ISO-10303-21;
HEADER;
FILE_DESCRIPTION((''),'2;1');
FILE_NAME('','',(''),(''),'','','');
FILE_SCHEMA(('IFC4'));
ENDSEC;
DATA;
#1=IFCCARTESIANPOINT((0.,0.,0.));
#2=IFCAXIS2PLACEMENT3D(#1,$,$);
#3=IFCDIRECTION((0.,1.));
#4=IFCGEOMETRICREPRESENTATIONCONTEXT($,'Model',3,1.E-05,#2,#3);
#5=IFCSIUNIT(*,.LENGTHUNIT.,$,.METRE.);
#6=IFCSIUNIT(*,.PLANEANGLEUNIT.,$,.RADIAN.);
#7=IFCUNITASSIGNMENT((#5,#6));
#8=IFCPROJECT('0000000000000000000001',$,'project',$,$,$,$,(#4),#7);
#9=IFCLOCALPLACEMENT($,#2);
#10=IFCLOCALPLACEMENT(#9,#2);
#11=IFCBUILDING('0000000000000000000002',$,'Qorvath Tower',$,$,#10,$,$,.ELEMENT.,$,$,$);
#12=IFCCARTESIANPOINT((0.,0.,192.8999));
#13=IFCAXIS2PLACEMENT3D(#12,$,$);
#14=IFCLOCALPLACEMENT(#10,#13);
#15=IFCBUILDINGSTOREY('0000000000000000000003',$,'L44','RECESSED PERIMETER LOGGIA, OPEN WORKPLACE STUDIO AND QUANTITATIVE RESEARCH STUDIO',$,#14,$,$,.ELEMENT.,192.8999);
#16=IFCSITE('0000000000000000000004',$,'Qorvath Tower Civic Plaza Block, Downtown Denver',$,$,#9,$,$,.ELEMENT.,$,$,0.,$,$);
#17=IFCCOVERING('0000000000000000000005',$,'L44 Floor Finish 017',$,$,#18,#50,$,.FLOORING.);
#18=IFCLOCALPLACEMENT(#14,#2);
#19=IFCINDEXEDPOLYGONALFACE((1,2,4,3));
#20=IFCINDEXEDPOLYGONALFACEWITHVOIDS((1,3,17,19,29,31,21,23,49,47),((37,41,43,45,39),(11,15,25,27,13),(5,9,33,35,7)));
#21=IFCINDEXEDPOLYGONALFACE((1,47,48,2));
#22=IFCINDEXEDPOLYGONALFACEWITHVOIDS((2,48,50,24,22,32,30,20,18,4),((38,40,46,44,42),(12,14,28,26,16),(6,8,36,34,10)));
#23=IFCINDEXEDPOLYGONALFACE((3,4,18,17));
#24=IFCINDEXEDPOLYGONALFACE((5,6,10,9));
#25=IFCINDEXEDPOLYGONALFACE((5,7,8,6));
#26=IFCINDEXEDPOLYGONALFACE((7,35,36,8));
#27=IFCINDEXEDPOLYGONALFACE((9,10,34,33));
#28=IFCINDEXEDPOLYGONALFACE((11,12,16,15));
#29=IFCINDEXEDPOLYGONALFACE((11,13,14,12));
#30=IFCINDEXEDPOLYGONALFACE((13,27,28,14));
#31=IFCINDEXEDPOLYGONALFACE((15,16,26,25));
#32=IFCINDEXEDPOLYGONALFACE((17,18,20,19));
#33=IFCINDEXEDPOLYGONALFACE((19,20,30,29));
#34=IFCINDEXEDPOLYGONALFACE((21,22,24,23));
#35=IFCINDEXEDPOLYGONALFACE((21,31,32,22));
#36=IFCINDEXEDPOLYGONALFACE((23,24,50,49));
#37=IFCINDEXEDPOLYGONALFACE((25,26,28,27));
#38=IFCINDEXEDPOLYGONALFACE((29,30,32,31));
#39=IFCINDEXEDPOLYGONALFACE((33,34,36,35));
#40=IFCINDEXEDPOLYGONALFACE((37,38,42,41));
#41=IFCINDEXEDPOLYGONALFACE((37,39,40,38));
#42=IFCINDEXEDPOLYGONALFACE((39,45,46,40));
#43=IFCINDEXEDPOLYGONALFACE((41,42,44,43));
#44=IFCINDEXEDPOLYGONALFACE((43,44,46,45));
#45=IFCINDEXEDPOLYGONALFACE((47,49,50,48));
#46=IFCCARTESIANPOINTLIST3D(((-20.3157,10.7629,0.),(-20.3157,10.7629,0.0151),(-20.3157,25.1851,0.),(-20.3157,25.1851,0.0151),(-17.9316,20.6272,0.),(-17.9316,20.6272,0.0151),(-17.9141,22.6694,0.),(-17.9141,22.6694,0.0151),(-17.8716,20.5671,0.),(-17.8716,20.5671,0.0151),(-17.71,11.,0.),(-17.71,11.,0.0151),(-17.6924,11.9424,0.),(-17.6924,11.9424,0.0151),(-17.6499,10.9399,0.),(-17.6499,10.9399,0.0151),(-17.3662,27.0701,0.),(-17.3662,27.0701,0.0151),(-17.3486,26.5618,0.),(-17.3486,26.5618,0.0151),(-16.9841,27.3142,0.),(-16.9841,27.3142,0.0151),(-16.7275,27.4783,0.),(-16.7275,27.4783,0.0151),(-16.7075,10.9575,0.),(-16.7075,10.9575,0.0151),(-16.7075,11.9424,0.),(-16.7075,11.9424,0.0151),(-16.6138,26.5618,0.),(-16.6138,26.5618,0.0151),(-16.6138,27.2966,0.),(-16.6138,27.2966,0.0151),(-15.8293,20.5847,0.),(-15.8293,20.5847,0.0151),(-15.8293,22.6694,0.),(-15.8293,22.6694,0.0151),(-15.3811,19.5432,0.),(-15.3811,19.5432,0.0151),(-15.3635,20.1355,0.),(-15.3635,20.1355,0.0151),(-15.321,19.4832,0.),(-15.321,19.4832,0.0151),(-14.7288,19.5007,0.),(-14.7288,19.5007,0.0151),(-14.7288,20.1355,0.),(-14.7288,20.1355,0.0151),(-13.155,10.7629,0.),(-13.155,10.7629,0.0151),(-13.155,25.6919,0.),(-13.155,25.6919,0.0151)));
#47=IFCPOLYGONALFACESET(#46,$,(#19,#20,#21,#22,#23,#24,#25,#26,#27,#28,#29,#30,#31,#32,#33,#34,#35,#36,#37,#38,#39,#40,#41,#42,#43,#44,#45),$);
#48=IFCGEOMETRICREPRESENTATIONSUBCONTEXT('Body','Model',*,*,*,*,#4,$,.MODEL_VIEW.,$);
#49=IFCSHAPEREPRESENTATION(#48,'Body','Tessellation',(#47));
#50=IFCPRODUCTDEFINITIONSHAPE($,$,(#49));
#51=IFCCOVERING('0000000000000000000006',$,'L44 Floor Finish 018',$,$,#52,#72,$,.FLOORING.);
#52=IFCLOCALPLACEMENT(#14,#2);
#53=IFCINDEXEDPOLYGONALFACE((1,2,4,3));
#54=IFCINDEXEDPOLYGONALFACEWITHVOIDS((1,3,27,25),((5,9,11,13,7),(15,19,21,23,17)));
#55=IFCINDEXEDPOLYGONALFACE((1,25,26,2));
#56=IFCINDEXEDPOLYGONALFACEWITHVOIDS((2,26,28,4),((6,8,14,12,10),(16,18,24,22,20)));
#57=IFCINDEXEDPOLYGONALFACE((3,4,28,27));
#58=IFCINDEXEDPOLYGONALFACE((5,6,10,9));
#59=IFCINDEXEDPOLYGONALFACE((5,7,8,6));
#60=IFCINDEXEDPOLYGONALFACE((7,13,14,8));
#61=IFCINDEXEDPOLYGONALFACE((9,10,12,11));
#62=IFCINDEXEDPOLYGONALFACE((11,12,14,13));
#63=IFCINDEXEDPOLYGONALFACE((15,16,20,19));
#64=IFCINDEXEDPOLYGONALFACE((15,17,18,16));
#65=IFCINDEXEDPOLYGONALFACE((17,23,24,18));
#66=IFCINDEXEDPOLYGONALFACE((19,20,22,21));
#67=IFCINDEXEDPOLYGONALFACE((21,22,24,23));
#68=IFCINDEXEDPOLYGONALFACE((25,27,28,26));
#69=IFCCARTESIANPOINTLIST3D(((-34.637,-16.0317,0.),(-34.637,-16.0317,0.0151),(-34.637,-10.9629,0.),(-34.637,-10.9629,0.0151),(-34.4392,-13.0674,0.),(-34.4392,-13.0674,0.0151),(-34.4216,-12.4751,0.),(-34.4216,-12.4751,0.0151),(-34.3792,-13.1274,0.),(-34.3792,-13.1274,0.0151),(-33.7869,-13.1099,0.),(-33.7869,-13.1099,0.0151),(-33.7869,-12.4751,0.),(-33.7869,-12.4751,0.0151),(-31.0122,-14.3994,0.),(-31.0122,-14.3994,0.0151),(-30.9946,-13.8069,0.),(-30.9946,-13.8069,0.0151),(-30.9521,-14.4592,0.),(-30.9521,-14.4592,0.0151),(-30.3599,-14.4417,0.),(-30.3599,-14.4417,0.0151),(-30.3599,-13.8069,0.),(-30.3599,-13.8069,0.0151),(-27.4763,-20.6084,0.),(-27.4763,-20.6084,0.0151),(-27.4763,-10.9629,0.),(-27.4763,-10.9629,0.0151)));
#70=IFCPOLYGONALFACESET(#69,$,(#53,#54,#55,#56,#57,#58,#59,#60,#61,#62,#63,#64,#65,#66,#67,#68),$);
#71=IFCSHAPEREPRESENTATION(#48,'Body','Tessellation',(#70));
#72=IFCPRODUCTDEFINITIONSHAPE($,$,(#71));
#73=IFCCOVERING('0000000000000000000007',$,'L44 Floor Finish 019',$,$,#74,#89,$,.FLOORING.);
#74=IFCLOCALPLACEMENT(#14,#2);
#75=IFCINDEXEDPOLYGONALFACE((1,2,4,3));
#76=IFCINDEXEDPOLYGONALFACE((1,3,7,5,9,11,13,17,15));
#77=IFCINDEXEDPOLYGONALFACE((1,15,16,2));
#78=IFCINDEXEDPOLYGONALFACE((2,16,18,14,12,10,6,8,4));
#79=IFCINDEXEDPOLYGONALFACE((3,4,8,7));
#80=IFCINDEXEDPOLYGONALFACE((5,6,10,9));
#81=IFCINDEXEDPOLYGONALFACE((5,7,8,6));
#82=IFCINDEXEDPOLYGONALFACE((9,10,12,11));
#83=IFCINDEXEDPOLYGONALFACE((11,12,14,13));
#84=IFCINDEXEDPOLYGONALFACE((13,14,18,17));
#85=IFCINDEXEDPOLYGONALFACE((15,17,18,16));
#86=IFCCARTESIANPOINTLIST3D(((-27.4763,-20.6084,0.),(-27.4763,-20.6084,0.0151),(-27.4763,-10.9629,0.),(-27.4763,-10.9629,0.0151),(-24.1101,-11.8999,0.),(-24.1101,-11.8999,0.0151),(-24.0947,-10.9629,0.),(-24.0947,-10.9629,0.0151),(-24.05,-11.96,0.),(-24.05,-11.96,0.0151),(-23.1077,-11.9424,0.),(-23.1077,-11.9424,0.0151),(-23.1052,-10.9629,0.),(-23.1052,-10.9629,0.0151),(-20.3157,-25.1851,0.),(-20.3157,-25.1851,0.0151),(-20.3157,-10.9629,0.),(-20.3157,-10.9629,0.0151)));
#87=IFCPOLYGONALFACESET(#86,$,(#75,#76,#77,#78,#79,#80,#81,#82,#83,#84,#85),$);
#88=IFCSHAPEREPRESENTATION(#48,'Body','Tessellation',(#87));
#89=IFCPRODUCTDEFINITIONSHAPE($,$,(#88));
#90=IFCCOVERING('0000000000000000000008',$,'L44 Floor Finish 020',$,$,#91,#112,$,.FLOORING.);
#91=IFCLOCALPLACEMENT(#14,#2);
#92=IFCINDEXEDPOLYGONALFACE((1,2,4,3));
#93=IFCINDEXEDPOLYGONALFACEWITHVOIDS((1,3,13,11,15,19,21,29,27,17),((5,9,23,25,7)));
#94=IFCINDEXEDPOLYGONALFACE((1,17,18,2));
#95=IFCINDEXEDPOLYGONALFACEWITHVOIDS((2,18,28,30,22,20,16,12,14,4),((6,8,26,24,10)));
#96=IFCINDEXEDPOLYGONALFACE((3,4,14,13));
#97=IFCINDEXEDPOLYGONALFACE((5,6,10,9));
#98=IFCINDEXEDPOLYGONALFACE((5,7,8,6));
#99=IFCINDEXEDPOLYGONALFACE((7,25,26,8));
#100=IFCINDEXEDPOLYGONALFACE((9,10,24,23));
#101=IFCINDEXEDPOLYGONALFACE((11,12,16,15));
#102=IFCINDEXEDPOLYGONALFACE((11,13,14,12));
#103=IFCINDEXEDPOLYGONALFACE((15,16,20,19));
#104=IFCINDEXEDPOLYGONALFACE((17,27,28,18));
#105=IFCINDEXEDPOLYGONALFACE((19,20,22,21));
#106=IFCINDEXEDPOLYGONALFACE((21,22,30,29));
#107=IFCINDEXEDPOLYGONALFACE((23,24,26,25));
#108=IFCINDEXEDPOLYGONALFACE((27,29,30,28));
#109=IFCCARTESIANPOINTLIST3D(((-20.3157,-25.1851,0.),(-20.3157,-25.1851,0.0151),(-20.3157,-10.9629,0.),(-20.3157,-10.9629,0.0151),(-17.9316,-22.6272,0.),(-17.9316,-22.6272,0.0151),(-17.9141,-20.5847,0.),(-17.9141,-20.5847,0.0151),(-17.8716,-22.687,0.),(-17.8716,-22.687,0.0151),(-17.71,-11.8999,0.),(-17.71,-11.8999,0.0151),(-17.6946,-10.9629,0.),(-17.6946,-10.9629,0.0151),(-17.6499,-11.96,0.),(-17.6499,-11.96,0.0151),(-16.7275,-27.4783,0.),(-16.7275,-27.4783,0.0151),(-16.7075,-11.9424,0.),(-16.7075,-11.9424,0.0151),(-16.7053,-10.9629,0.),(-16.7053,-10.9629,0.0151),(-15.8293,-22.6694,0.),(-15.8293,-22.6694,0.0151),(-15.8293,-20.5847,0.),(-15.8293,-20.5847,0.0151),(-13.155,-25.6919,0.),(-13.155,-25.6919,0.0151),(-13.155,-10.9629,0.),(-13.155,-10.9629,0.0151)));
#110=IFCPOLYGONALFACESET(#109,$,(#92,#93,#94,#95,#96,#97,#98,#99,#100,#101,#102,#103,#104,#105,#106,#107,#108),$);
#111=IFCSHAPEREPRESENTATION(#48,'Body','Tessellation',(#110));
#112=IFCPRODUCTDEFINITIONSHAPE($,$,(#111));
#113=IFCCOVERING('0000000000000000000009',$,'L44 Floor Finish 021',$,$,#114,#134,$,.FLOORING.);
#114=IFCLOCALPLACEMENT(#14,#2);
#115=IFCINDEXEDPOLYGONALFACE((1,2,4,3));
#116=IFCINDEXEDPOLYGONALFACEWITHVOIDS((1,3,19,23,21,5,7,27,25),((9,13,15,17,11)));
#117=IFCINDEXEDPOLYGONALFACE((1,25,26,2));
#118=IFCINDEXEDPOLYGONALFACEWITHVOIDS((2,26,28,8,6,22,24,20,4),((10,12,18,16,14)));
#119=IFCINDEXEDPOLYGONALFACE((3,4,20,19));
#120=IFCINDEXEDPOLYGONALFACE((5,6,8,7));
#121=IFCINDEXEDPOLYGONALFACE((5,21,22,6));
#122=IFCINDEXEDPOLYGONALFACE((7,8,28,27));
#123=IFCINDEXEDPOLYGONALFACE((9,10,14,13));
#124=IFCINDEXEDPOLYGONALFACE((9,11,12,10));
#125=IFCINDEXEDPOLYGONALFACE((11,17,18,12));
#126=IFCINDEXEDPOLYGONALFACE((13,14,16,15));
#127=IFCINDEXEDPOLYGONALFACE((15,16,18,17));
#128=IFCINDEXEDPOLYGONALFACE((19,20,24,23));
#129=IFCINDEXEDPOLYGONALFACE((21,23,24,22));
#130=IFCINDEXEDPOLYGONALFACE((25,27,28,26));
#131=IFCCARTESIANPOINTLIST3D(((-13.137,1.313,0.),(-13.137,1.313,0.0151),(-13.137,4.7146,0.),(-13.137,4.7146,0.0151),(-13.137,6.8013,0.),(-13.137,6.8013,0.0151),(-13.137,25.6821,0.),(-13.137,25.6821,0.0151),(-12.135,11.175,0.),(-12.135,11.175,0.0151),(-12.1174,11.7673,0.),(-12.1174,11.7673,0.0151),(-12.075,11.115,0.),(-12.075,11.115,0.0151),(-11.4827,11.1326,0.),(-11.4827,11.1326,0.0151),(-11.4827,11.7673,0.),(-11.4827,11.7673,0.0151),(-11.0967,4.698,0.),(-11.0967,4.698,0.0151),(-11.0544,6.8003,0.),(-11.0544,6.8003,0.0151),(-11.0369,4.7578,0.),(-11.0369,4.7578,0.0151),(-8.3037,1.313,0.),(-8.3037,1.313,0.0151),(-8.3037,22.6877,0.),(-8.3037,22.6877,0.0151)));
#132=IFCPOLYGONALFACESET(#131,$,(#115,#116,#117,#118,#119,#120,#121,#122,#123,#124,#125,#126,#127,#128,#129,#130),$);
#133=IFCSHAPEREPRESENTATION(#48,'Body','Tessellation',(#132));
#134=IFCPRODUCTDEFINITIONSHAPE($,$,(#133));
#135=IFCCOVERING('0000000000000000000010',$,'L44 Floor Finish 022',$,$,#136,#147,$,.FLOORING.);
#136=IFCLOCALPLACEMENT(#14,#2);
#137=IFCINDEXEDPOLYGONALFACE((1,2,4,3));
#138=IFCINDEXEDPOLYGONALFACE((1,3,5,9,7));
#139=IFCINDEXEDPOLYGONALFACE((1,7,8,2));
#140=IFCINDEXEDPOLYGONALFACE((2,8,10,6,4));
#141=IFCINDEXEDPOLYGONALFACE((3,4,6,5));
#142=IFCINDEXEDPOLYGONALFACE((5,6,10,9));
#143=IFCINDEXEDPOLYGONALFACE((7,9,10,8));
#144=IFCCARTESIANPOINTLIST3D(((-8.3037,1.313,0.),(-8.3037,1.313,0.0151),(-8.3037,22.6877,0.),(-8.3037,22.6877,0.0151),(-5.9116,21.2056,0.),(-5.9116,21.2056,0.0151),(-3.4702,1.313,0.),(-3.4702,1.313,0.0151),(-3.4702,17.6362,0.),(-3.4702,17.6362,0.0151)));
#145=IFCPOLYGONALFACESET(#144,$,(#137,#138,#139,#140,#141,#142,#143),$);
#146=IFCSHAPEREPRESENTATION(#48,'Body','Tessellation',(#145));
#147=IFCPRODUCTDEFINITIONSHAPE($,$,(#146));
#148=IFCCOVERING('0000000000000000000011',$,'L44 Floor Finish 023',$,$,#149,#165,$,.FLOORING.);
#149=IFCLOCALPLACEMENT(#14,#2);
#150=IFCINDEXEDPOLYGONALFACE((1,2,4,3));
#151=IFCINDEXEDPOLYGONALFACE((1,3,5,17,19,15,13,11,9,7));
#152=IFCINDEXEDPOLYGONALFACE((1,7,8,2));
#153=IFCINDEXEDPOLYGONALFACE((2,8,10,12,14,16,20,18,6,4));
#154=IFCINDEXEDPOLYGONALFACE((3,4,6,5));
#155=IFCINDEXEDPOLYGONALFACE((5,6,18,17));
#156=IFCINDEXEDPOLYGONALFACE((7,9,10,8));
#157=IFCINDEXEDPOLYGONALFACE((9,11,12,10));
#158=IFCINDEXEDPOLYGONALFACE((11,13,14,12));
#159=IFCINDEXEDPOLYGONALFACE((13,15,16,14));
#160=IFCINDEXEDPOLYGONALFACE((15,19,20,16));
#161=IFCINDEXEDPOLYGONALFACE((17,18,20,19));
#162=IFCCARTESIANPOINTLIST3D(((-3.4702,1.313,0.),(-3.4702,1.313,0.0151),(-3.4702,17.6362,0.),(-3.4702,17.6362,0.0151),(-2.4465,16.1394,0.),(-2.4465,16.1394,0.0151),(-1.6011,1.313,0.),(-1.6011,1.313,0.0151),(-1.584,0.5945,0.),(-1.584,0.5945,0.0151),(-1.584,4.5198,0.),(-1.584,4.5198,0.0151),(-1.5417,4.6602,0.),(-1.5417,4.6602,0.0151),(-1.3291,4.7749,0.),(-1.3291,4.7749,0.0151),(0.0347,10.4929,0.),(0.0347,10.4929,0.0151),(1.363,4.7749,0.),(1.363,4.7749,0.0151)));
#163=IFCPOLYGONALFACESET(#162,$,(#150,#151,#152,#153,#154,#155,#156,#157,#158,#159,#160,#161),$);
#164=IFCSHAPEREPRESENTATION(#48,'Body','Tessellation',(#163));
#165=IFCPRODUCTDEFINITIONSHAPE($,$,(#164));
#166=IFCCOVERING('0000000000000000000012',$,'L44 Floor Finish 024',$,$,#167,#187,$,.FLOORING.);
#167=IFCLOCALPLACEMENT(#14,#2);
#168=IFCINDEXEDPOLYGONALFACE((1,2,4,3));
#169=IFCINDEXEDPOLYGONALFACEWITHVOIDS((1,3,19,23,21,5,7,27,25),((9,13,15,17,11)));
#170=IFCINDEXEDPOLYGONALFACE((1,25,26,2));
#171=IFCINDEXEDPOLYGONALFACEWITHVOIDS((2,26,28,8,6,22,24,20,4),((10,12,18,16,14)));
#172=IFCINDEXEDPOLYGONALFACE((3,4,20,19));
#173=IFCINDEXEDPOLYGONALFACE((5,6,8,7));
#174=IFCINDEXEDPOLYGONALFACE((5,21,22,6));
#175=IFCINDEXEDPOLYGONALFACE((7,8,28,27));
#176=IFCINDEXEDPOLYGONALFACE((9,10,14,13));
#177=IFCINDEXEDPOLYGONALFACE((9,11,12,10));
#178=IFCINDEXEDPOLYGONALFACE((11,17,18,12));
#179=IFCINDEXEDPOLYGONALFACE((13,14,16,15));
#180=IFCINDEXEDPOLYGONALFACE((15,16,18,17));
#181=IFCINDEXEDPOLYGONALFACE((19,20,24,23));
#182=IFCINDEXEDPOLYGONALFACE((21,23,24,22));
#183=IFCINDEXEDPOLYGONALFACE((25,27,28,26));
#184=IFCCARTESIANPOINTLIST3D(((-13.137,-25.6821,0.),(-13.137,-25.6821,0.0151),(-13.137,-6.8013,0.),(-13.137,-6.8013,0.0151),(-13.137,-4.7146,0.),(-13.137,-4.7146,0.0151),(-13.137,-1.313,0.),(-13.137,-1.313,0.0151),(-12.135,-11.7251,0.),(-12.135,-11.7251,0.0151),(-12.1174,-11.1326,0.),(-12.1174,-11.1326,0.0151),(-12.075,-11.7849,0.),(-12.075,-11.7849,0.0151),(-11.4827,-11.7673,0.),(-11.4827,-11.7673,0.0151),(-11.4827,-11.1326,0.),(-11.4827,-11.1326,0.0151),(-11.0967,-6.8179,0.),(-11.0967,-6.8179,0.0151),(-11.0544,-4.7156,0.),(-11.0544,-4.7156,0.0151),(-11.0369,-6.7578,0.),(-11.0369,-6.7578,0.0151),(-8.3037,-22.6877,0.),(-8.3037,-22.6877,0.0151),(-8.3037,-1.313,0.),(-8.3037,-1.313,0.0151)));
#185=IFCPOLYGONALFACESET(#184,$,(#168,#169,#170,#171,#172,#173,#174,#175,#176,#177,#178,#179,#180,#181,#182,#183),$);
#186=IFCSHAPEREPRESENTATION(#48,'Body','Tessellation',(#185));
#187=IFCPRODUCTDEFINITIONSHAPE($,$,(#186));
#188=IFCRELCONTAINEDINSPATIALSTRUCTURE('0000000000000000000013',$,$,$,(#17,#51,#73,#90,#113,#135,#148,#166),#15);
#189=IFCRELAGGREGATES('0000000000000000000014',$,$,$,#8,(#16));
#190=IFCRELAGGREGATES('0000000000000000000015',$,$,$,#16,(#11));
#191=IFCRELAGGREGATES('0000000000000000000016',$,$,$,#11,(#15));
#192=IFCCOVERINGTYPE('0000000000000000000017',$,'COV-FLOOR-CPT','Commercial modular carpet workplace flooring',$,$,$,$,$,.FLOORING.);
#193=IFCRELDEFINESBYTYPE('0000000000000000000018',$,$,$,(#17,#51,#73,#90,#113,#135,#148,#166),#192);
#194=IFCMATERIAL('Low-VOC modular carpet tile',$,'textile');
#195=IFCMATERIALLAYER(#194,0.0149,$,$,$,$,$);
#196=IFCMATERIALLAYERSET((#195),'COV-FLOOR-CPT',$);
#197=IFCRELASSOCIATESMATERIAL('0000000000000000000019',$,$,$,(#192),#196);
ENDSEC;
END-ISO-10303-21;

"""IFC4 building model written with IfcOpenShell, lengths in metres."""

from ifc_helpers import new_model, si_unit, direction, frame, origin, place, context, subcontext, project, spatial, polyline, outline, extrude, material, layer, layer_set, type_object, element, save


model = new_model("IFC4")

# Units and contexts
model_context = context("Model", 3, precision=1e-05, world=origin(), true_north=direction((0.0, 1.0)))
body_context = subcontext(model_context, "Body", "Model", "MODEL_VIEW")
ifc_project = project(units=[si_unit("LENGTHUNIT", "METRE"), si_unit("PLANEANGLEUNIT", "RADIAN")], contexts=[model_context])

# Site, building, storey
site_placement = place(None, origin())
site = spatial("IfcSite", under=ifc_project, at=site_placement, Name="Qorvath Tower Civic Plaza Block, Downtown Denver", CompositionType="ELEMENT", RefElevation=0.0)
building_placement = place(site_placement, origin())
building = spatial("IfcBuilding", under=site, at=building_placement, Name="Qorvath Tower", CompositionType="ELEMENT")
storey_placement = place(building_placement, frame((0.0, 0.0, 192.8999)))
storey = spatial("IfcBuildingStorey", under=building, at=storey_placement, Name="L44", Description="RECESSED PERIMETER LOGGIA, OPEN WORKPLACE STUDIO AND QUANTITATIVE RESEARCH STUDIO", CompositionType="ELEMENT", Elevation=192.8999)

# Coverings
ifc_material_1 = material(Name="Low-VOC modular carpet tile", Category="textile")
ifc_layer_1 = layer(ifc_material_1, 0.0149)
ifc_layer_set_1 = layer_set([ifc_layer_1], Name="COV-FLOOR-CPT")
covering_type_1 = type_object("IfcCoveringType", Name="COV-FLOOR-CPT", Description="Commercial modular carpet workplace flooring", PredefinedType="FLOORING", material=ifc_layer_set_1)
covering_1_placement = place(storey_placement, origin())
element("IfcCovering", 1, at=covering_1_placement, inside=storey, type_object=covering_type_1, Name="L44 Floor Finish 017", PredefinedType="FLOORING", context=body_context, shape_type="SweptSolid", body=[
    extrude(outline(polyline([(-13.155, 25.6919), (-16.7275, 27.4783), (-16.9841, 27.3142), (-16.6138, 27.2966), (-16.6138, 26.5618), (-17.3486, 26.5618), (-17.3662, 27.0701), (-20.3157, 25.1851), (-20.3157, 10.7629), (-13.155, 10.7629), (-13.155, 25.6919)]), holes=[polyline([(-15.3811, 19.5432), (-15.3635, 20.1355), (-14.7288, 20.1355), (-14.7288, 19.5007), (-15.321, 19.4832), (-15.3811, 19.5432)]), polyline([(-17.9316, 20.6272), (-17.9141, 22.6694), (-15.8293, 22.6694), (-15.8293, 20.5847), (-17.8716, 20.5671), (-17.9316, 20.6272)]), polyline([(-17.71, 11.0), (-17.6924, 11.9424), (-16.7075, 11.9424), (-16.7075, 10.9575), (-17.6499, 10.9399), (-17.71, 11.0)])]), origin(), (0.0, 0.0, 1.0), 0.0151),
])
covering_2_placement = place(storey_placement, origin())
element("IfcCovering", 2, at=covering_2_placement, inside=storey, type_object=covering_type_1, Name="L44 Floor Finish 018", PredefinedType="FLOORING", context=body_context, shape_type="SweptSolid", body=[
    extrude(outline(polyline([(-27.4763, -20.6084), (-27.4763, -10.9629), (-34.637, -10.9629), (-34.637, -16.0317), (-27.4763, -20.6084)]), holes=[polyline([(-31.0122, -14.3994), (-30.9946, -13.8069), (-30.3599, -13.8069), (-30.3599, -14.4417), (-30.9521, -14.4592), (-31.0122, -14.3994)]), polyline([(-34.4392, -13.0674), (-34.4216, -12.4751), (-33.7869, -12.4751), (-33.7869, -13.1099), (-34.3792, -13.1274), (-34.4392, -13.0674)])]), origin(), (0.0, 0.0, 1.0), 0.0151),
])
covering_3_placement = place(storey_placement, origin())
element("IfcCovering", 3, at=covering_3_placement, inside=storey, type_object=covering_type_1, Name="L44 Floor Finish 019", PredefinedType="FLOORING", context=body_context, shape_type="SweptSolid", body=[
    extrude(outline(polyline([(-24.0947, -10.9629), (-27.4763, -10.9629), (-27.4763, -20.6084), (-20.3157, -25.1851), (-20.3157, -10.9629), (-23.1052, -10.9629), (-23.1077, -11.9424), (-24.05, -11.96), (-24.1101, -11.8999), (-24.0947, -10.9629)])), origin(), (0.0, 0.0, 1.0), 0.0151),
])
covering_4_placement = place(storey_placement, origin())
element("IfcCovering", 4, at=covering_4_placement, inside=storey, type_object=covering_type_1, Name="L44 Floor Finish 020", PredefinedType="FLOORING", context=body_context, shape_type="SweptSolid", body=[
    extrude(outline(polyline([(-20.3157, -10.9629), (-20.3157, -25.1851), (-16.7275, -27.4783), (-13.155, -25.6919), (-13.155, -10.9629), (-16.7053, -10.9629), (-16.7075, -11.9424), (-17.6499, -11.96), (-17.71, -11.8999), (-17.6946, -10.9629), (-20.3157, -10.9629)]), holes=[polyline([(-17.9316, -22.6272), (-17.9141, -20.5847), (-15.8293, -20.5847), (-15.8293, -22.6694), (-17.8716, -22.687), (-17.9316, -22.6272)])]), origin(), (0.0, 0.0, 1.0), 0.0151),
])
covering_5_placement = place(storey_placement, origin())
element("IfcCovering", 5, at=covering_5_placement, inside=storey, type_object=covering_type_1, Name="L44 Floor Finish 021", PredefinedType="FLOORING", context=body_context, shape_type="SweptSolid", body=[
    extrude(outline(polyline([(-8.3037, 1.313), (-8.3037, 22.6877), (-13.137, 25.6821), (-13.137, 6.8013), (-11.0544, 6.8003), (-11.0369, 4.7578), (-11.0967, 4.698), (-13.137, 4.7146), (-13.137, 1.313), (-8.3037, 1.313)]), holes=[polyline([(-12.135, 11.175), (-12.1174, 11.7673), (-11.4827, 11.7673), (-11.4827, 11.1326), (-12.075, 11.115), (-12.135, 11.175)])]), origin(), (0.0, 0.0, 1.0), 0.0151),
])
covering_6_placement = place(storey_placement, origin())
element("IfcCovering", 6, at=covering_6_placement, inside=storey, type_object=covering_type_1, Name="L44 Floor Finish 022", PredefinedType="FLOORING", context=body_context, shape_type="SweptSolid", body=[
    extrude(outline(polyline([(-3.4702, 1.313), (-3.4702, 17.6362), (-5.9116, 21.2056), (-8.3037, 22.6877), (-8.3037, 1.313), (-3.4702, 1.313)])), origin(), (0.0, 0.0, 1.0), 0.0151),
])
covering_7_placement = place(storey_placement, origin())
element("IfcCovering", 7, at=covering_7_placement, inside=storey, type_object=covering_type_1, Name="L44 Floor Finish 023", PredefinedType="FLOORING", context=body_context, shape_type="SweptSolid", body=[
    extrude(outline(polyline([(1.363, 4.7749), (0.0347, 10.4929), (-2.4465, 16.1394), (-3.4702, 17.6362), (-3.4702, 1.313), (-1.6011, 1.313), (-1.584, 0.5945), (-1.584, 4.5198), (-1.5417, 4.6602), (-1.3291, 4.7749), (1.363, 4.7749)])), origin(), (0.0, 0.0, 1.0), 0.0151),
])
covering_8_placement = place(storey_placement, origin())
element("IfcCovering", 8, at=covering_8_placement, inside=storey, type_object=covering_type_1, Name="L44 Floor Finish 024", PredefinedType="FLOORING", context=body_context, shape_type="SweptSolid", body=[
    extrude(outline(polyline([(-8.3037, -22.6877), (-8.3037, -1.313), (-13.137, -1.313), (-13.137, -4.7146), (-11.0544, -4.7156), (-11.0369, -6.7578), (-11.0967, -6.8179), (-13.137, -6.8013), (-13.137, -25.6821), (-8.3037, -22.6877)]), holes=[polyline([(-12.135, -11.7251), (-12.1174, -11.1326), (-11.4827, -11.1326), (-11.4827, -11.7673), (-12.075, -11.7849), (-12.135, -11.7251)])]), origin(), (0.0, 0.0, 1.0), 0.0151),
])

save(model, "model.ifc")
